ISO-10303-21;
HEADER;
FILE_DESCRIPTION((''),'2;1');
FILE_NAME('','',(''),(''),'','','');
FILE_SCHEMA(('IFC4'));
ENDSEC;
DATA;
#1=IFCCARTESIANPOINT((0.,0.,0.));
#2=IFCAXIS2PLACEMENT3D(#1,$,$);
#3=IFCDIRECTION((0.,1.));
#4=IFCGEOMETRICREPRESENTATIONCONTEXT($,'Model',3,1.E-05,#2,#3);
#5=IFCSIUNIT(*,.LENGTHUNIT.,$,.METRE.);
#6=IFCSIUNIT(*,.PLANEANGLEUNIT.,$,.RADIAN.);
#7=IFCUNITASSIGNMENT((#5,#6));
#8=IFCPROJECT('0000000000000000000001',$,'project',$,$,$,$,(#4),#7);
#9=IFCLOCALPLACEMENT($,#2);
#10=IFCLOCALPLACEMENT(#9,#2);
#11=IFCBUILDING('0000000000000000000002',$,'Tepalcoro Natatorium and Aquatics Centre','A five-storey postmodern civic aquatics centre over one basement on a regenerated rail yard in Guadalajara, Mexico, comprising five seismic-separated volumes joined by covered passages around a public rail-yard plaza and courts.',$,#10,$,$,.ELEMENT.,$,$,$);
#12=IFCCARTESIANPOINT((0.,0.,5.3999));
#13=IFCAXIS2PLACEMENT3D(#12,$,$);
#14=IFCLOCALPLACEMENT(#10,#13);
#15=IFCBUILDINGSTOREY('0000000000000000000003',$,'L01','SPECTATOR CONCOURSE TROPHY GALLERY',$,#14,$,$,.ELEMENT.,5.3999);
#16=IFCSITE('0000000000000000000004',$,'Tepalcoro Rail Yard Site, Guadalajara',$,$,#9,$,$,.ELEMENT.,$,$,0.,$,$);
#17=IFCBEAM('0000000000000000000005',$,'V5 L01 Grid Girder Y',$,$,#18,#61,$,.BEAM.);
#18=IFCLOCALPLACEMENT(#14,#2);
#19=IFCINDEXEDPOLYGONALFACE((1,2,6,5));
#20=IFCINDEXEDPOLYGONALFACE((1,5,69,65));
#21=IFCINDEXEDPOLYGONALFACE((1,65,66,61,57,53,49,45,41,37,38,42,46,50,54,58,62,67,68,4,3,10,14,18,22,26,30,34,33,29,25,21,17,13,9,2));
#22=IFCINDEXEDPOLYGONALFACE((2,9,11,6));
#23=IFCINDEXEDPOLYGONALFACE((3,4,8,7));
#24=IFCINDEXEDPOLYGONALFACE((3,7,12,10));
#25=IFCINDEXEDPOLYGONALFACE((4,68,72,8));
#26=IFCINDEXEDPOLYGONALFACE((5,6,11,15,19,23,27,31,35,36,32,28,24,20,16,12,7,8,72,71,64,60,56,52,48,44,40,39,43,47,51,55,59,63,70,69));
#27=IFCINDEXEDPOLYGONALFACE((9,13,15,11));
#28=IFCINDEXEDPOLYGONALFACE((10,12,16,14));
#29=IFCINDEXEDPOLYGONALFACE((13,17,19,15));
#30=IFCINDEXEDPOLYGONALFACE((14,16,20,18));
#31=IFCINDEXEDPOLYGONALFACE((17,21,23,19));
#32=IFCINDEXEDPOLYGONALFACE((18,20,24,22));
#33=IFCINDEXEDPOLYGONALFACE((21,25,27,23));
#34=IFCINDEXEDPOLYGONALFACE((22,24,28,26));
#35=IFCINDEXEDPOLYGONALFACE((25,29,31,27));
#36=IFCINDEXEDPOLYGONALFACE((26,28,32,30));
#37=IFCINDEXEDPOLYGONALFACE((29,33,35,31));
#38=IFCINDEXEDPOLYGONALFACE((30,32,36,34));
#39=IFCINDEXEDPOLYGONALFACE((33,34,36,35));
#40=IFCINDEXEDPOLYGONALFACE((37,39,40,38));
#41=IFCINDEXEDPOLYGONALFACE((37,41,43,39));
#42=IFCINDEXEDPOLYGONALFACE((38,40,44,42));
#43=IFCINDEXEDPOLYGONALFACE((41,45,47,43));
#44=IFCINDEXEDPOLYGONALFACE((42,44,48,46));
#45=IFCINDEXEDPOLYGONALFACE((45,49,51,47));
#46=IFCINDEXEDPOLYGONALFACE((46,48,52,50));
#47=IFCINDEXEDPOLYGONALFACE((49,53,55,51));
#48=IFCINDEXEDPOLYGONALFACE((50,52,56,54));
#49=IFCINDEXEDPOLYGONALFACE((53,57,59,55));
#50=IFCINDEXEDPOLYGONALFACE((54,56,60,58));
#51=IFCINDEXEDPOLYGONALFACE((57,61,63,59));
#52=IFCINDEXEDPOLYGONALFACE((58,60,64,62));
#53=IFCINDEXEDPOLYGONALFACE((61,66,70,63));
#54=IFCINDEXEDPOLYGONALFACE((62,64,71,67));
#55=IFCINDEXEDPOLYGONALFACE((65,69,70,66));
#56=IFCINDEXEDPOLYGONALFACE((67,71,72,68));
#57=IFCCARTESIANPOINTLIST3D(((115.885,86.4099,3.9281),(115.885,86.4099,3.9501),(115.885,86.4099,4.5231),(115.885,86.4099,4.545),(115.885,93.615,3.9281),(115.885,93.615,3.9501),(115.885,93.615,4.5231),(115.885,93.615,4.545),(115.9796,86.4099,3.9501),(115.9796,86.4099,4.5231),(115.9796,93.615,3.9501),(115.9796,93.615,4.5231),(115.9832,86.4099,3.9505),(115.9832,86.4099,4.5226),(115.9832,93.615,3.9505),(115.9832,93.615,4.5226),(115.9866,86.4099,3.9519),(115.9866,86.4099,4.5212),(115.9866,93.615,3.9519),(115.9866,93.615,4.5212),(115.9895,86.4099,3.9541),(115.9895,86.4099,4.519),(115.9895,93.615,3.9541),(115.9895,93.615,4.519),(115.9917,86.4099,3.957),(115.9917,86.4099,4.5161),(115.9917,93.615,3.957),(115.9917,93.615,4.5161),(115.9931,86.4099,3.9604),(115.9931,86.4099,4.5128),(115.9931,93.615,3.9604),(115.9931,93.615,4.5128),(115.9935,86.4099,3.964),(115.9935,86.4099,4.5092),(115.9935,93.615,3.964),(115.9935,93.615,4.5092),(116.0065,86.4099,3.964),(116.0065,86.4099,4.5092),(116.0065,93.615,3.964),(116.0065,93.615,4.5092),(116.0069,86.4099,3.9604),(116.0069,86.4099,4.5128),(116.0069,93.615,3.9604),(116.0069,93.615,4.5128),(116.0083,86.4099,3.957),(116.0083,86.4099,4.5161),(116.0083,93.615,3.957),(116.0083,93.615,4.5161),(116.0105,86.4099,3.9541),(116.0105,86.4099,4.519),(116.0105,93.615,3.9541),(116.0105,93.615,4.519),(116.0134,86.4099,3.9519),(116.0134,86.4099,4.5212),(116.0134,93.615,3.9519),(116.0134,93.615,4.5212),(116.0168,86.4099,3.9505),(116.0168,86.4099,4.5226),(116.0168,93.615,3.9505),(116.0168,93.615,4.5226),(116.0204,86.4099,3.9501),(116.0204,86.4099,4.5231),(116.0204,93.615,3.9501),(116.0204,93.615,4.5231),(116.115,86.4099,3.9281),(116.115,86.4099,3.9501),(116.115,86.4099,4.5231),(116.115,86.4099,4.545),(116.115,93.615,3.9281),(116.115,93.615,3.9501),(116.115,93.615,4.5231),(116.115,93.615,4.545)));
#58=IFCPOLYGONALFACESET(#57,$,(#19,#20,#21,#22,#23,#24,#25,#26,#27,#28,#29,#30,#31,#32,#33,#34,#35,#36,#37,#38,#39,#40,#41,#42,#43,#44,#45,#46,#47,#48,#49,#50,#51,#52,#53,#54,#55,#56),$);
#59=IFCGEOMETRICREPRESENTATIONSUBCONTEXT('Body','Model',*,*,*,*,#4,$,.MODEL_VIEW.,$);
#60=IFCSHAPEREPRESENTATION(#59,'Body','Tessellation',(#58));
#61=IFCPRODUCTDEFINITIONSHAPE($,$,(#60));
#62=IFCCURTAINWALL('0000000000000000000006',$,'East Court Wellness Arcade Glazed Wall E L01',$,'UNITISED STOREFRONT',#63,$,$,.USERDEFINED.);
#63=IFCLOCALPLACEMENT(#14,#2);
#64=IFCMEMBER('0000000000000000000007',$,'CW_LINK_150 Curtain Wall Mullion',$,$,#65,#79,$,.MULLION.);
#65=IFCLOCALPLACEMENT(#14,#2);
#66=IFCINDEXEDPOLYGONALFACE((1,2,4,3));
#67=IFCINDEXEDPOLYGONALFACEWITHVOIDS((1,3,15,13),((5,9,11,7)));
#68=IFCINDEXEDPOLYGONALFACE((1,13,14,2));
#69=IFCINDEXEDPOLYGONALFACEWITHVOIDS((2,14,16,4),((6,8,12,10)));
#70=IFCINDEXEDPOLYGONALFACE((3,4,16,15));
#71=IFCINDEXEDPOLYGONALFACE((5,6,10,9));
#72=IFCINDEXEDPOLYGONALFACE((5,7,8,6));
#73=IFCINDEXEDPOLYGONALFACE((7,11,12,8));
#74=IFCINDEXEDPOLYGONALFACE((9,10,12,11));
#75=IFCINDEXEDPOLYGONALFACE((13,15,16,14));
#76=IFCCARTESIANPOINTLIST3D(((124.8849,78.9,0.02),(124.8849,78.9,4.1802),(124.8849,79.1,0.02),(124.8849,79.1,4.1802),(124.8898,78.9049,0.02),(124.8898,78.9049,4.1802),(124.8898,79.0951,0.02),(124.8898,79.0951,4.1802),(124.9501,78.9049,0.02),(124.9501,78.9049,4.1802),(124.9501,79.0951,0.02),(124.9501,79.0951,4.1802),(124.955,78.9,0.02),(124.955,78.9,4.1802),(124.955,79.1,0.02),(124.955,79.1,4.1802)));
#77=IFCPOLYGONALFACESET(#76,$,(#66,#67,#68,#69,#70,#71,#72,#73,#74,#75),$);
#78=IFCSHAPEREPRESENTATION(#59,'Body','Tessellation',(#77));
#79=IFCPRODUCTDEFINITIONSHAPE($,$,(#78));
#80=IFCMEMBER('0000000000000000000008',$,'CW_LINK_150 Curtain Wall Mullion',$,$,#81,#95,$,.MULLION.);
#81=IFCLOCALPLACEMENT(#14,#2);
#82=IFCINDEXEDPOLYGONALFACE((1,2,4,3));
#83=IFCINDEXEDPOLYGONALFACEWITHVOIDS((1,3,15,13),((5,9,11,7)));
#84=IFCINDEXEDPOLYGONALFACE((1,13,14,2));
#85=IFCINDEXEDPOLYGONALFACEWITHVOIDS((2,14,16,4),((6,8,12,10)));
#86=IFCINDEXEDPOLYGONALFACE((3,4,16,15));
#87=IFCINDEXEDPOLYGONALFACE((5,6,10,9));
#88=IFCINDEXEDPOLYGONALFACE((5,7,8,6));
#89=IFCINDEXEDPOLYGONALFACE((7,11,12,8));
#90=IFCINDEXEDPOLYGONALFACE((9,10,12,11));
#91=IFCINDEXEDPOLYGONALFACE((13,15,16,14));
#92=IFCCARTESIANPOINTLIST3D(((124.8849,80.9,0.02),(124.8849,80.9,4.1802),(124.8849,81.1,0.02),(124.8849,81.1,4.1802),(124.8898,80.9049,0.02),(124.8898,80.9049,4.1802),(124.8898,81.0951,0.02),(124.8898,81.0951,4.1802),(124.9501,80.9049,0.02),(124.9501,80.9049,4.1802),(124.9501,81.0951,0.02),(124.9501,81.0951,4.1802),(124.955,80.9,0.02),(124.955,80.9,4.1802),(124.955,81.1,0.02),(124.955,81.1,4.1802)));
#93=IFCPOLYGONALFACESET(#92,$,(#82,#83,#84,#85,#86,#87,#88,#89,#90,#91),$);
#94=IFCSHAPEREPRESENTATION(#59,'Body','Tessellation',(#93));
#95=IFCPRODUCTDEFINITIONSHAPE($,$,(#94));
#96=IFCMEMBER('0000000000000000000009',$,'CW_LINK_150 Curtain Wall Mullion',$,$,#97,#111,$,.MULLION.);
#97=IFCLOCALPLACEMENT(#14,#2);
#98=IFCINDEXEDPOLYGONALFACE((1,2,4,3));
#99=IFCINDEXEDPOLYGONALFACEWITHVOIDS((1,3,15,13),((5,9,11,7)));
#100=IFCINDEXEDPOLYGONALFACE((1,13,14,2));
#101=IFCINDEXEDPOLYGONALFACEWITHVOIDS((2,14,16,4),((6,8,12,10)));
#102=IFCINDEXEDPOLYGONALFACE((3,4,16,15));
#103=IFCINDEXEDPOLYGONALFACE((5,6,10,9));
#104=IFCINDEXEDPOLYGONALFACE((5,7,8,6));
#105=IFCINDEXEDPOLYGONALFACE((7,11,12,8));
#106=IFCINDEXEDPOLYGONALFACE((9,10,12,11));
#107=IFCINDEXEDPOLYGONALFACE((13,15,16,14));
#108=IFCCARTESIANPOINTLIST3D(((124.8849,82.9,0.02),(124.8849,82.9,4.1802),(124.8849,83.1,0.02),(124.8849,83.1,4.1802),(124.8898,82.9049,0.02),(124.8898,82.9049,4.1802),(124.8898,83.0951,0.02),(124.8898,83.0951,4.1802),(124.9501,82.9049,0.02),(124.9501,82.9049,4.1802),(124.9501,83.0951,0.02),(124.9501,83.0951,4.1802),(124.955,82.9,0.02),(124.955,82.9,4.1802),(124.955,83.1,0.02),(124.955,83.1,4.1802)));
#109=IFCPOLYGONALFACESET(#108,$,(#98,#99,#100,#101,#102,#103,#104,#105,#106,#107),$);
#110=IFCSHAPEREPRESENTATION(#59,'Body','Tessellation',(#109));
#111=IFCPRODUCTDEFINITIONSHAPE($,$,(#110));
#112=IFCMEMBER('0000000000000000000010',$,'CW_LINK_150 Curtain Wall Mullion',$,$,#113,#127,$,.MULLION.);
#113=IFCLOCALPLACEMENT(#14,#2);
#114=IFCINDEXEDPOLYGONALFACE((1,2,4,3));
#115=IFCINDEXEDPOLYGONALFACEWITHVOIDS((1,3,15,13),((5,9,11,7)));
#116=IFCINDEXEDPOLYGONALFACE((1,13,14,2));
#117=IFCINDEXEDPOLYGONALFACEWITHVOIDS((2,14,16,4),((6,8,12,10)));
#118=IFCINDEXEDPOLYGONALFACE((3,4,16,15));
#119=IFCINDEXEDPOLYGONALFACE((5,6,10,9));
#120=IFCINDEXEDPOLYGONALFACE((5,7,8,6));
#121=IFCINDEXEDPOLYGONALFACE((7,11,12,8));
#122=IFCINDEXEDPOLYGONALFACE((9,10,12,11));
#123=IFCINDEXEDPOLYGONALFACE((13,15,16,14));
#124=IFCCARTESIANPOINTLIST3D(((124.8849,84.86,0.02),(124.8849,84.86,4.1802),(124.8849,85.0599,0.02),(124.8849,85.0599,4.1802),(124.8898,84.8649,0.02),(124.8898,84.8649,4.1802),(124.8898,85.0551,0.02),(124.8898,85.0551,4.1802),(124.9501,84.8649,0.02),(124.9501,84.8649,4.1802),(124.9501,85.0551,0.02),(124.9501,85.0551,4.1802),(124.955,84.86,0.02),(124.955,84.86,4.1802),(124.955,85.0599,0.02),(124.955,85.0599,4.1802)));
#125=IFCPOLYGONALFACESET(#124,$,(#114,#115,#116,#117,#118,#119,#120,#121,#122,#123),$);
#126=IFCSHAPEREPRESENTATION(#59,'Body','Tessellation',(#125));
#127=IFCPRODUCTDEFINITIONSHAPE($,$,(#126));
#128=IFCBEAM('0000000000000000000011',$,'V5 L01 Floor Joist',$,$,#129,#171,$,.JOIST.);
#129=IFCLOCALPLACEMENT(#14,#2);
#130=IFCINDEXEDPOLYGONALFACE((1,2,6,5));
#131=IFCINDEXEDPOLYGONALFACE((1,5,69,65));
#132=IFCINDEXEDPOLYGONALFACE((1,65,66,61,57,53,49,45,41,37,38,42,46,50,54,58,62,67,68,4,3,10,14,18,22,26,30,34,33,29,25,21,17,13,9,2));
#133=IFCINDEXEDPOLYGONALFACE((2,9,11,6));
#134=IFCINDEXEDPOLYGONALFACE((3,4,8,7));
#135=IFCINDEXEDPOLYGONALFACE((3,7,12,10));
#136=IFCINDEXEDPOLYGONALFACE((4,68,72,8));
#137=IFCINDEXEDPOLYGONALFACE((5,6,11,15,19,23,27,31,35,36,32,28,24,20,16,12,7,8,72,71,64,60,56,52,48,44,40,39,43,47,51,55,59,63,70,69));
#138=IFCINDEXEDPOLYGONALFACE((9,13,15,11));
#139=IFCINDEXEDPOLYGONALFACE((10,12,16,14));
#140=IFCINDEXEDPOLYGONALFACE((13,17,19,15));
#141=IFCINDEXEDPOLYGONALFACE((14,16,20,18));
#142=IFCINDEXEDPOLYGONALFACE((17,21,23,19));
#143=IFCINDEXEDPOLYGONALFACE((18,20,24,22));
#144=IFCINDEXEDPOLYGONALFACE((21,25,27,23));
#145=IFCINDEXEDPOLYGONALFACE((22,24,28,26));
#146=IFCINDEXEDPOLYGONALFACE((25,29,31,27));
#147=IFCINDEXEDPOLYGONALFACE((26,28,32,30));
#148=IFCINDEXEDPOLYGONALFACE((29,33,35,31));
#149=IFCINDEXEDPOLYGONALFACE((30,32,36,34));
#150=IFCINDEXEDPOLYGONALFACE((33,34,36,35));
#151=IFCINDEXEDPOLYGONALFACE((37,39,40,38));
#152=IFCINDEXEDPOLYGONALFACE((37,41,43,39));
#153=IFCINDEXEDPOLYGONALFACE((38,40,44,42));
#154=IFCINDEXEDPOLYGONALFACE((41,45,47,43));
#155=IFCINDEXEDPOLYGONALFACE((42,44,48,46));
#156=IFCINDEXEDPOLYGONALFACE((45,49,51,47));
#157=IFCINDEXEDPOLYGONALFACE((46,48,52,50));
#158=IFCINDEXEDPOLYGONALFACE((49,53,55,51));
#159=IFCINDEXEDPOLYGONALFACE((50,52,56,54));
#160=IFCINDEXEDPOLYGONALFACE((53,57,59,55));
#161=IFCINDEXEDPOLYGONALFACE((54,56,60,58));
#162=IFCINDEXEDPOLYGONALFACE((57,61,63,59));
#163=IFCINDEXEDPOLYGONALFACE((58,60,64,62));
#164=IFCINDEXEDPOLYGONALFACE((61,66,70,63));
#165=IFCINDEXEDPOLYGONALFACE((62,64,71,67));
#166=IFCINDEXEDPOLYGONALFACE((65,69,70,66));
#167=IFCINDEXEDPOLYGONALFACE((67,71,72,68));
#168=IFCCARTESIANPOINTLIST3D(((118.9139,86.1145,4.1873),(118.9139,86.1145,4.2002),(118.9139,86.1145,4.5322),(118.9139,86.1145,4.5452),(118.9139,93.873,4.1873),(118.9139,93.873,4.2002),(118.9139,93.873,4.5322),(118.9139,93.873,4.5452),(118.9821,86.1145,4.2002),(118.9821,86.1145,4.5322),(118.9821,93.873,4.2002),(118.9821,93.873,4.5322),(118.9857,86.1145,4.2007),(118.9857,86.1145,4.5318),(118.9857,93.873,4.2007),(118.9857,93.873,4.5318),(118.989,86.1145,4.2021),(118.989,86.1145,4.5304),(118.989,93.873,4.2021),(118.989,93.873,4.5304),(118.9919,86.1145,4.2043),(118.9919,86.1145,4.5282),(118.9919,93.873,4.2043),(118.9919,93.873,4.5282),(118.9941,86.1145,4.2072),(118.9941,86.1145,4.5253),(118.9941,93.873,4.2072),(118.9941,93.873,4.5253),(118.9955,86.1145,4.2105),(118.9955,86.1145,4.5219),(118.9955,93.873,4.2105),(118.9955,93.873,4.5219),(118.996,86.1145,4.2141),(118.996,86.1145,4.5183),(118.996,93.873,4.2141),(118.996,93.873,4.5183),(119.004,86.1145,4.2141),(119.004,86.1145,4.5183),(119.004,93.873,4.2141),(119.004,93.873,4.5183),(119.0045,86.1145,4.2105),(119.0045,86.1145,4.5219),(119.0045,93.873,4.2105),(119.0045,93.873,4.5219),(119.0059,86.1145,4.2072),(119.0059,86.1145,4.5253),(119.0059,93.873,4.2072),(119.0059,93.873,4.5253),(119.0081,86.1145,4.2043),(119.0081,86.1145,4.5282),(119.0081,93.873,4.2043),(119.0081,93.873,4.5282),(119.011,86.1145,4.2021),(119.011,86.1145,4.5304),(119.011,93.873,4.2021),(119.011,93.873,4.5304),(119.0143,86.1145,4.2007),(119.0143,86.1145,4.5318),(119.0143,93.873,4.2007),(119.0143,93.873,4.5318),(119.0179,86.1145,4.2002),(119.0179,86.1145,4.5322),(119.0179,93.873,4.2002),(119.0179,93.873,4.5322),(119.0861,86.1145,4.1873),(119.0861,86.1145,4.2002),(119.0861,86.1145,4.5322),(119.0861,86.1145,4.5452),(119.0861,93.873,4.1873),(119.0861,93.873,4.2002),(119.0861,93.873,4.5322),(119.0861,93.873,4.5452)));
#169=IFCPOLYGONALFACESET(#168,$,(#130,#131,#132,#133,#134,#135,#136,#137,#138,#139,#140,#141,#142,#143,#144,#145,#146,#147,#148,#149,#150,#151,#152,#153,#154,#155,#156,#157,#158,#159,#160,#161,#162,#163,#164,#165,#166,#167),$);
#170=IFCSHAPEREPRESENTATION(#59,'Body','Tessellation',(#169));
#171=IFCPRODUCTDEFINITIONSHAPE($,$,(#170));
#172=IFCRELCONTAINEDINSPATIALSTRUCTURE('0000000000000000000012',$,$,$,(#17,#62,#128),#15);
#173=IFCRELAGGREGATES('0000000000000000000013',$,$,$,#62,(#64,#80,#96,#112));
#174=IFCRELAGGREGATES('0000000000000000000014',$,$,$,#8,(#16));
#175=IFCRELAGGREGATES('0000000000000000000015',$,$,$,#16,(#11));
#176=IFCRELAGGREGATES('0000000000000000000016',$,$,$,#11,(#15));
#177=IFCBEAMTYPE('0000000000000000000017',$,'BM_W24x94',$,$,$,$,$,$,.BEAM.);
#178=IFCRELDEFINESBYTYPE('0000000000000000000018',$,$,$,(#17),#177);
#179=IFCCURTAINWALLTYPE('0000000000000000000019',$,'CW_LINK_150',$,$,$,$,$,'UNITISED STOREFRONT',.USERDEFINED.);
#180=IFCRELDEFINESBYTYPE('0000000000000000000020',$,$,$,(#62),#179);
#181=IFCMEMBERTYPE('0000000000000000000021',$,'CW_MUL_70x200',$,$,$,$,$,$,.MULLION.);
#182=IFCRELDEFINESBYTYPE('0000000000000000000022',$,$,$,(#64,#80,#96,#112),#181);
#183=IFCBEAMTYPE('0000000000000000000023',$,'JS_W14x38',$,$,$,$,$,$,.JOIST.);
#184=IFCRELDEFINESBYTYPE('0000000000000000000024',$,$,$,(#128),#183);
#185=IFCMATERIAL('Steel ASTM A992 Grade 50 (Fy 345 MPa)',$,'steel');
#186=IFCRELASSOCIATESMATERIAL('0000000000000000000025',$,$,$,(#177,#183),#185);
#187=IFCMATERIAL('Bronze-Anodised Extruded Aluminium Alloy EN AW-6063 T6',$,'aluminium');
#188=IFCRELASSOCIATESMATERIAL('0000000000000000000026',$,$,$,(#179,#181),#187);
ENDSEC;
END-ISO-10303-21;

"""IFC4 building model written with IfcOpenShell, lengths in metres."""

from ifc_helpers import new_model, si_unit, direction, frame, origin, origin_2d, place, context, subcontext, project, spatial, hollow_rectangle, i_section, extrude, material, material_profile, profile_set, type_object, element, aggregate, save


model = new_model("IFC4")

# Units and contexts
model_context = context("Model", 3, precision=1e-05, world=origin(), true_north=direction((0.0, 1.0)))
body_context = subcontext(model_context, "Body", "Model", "MODEL_VIEW")
ifc_project = project(units=[si_unit("LENGTHUNIT", "METRE"), si_unit("PLANEANGLEUNIT", "RADIAN")], contexts=[model_context])

# Site, building, storey
site_placement = place(None, origin())
site = spatial("IfcSite", under=ifc_project, at=site_placement, Name="Tepalcoro Rail Yard Site, Guadalajara", CompositionType="ELEMENT", RefElevation=0.0)
building_placement = place(site_placement, origin())
building = spatial("IfcBuilding", under=site, at=building_placement, Name="Tepalcoro Natatorium and Aquatics Centre", Description="A five-storey postmodern civic aquatics centre over one basement on a regenerated rail yard in Guadalajara, Mexico, comprising five seismic-separated volumes joined by covered passages around a public rail-yard plaza and courts.", CompositionType="ELEMENT")
storey_placement = place(building_placement, frame((0.0, 0.0, 5.3999)))
storey = spatial("IfcBuildingStorey", under=building, at=storey_placement, Name="L01", Description="SPECTATOR CONCOURSE TROPHY GALLERY", CompositionType="ELEMENT", Elevation=5.3999)

# Shared definitions
ifc_material_1 = material(Name="Steel ASTM A992 Grade 50 (Fy 345 MPa)", Category="steel")

# Beam
ifc_material_profile_1 = material_profile(ifc_material_1, i_section(OverallWidth=0.23, OverallDepth=0.6169, WebThickness=0.0129, FlangeThickness=0.022, FilletRadius=0.0139, at=origin_2d()), Name="W24X94")
ifc_profile_set_1 = profile_set([ifc_material_profile_1], Name="Steel ASTM A992 Grade 50 (Fy 345 MPa)")
beam_type_1 = type_object("IfcBeamType", Name="BM_W24x94", PredefinedType="BEAM", material=ifc_profile_set_1)
beam_1_placement = place(storey_placement, frame((116.0, 86.4099, 4.2366), z_axis=(0.0, 1.0, 0.0), x_axis=(-1.0, 0.0, 0.0)))
element("IfcBeam", 1, at=beam_1_placement, inside=storey, type_object=beam_type_1, Name="V5 L01 Grid Girder Y", PredefinedType="BEAM", context=body_context, shape_type="SweptSolid", body=[
    extrude(i_section(OverallWidth=0.23, OverallDepth=0.6169, WebThickness=0.0129, FlangeThickness=0.022, FilletRadius=0.0139, at=origin_2d()), origin(), (0.0, 0.0, 1.0), 7.2051),
])

# Curtain wall, members
ifc_material_2 = material(Name="Bronze-Anodised Extruded Aluminium Alloy EN AW-6063 T6", Category="aluminium")
curtain_wall_type = type_object("IfcCurtainWallType", Name="CW_LINK_150", ElementType="UNITISED STOREFRONT", PredefinedType="USERDEFINED", material=ifc_material_2)
curtain_wall_placement = place(storey_placement, origin())
curtain_wall = element("IfcCurtainWall", 2, at=curtain_wall_placement, inside=storey, type_object=curtain_wall_type, Name="East Court Wellness Arcade Glazed Wall E L01", ObjectType="UNITISED STOREFRONT", PredefinedType="USERDEFINED")
ifc_material_profile_2 = material_profile(ifc_material_2, hollow_rectangle(XDim=0.0701, YDim=0.2, WallThickness=0.0049, at=origin_2d()), Name="AL70X200X5")
ifc_profile_set_2 = profile_set([ifc_material_profile_2], Name="Bronze-Anodised Extruded Aluminium Alloy EN AW-6063 T6")
member_type = type_object("IfcMemberType", Name="CW_MUL_70x200", PredefinedType="MULLION", material=ifc_profile_set_2)
member_1_placement = place(storey_placement, frame((124.9199, 79.0, 0.02), z_axis=(0.0, 0.0, 1.0), x_axis=(1.0, 0.0, 0.0)))
member_1 = element("IfcMember", 3, at=member_1_placement, type_object=member_type, Name="CW_LINK_150 Curtain Wall Mullion", PredefinedType="MULLION", context=body_context, shape_type="SweptSolid", body=[
    extrude(hollow_rectangle(XDim=0.0701, YDim=0.2, WallThickness=0.0049, at=origin_2d()), origin(), (0.0, 0.0, 1.0), 4.1602),
])
member_2_placement = place(storey_placement, frame((124.9199, 81.0, 0.02), z_axis=(0.0, 0.0, 1.0), x_axis=(1.0, 0.0, 0.0)))
member_2 = element("IfcMember", 4, at=member_2_placement, type_object=member_type, Name="CW_LINK_150 Curtain Wall Mullion", PredefinedType="MULLION", context=body_context, shape_type="SweptSolid", body=[
    extrude(hollow_rectangle(XDim=0.0701, YDim=0.2, WallThickness=0.0049, at=origin_2d()), origin(), (0.0, 0.0, 1.0), 4.1602),
])
member_3_placement = place(storey_placement, frame((124.9199, 83.0, 0.02), z_axis=(0.0, 0.0, 1.0), x_axis=(1.0, 0.0, 0.0)))
member_3 = element("IfcMember", 5, at=member_3_placement, type_object=member_type, Name="CW_LINK_150 Curtain Wall Mullion", PredefinedType="MULLION", context=body_context, shape_type="SweptSolid", body=[
    extrude(hollow_rectangle(XDim=0.0701, YDim=0.2, WallThickness=0.0049, at=origin_2d()), origin(), (0.0, 0.0, 1.0), 4.1602),
])
member_4_placement = place(storey_placement, frame((124.9199, 84.96, 0.02), z_axis=(0.0, 0.0, 1.0), x_axis=(1.0, 0.0, 0.0)))
member_4 = element("IfcMember", 6, at=member_4_placement, type_object=member_type, Name="CW_LINK_150 Curtain Wall Mullion", PredefinedType="MULLION", context=body_context, shape_type="SweptSolid", body=[
    extrude(hollow_rectangle(XDim=0.0701, YDim=0.2, WallThickness=0.0049, at=origin_2d()), origin(), (0.0, 0.0, 1.0), 4.1602),
])

# Beam
ifc_material_profile_3 = material_profile(ifc_material_1, i_section(OverallWidth=0.1721, OverallDepth=0.3579, WebThickness=0.0081, FlangeThickness=0.0129, FilletRadius=0.0139, at=origin_2d()), Name="W14X38")
ifc_profile_set_3 = profile_set([ifc_material_profile_3], Name="Steel ASTM A992 Grade 50 (Fy 345 MPa)")
beam_type_2 = type_object("IfcBeamType", Name="JS_W14x38", PredefinedType="JOIST", material=ifc_profile_set_3)
beam_2_placement = place(storey_placement, frame((119.0, 86.1145, 4.3662), z_axis=(0.0, 1.0, 0.0), x_axis=(-1.0, 0.0, 0.0)))
element("IfcBeam", 7, at=beam_2_placement, inside=storey, type_object=beam_type_2, Name="V5 L01 Floor Joist", PredefinedType="JOIST", context=body_context, shape_type="SweptSolid", body=[
    extrude(i_section(OverallWidth=0.1721, OverallDepth=0.3579, WebThickness=0.0081, FlangeThickness=0.0129, FilletRadius=0.0139, at=origin_2d()), origin(), (0.0, 0.0, 1.0), 7.7585),
])

aggregate(curtain_wall, [member_1, member_2, member_3, member_4])

save(model, "model.ifc")
